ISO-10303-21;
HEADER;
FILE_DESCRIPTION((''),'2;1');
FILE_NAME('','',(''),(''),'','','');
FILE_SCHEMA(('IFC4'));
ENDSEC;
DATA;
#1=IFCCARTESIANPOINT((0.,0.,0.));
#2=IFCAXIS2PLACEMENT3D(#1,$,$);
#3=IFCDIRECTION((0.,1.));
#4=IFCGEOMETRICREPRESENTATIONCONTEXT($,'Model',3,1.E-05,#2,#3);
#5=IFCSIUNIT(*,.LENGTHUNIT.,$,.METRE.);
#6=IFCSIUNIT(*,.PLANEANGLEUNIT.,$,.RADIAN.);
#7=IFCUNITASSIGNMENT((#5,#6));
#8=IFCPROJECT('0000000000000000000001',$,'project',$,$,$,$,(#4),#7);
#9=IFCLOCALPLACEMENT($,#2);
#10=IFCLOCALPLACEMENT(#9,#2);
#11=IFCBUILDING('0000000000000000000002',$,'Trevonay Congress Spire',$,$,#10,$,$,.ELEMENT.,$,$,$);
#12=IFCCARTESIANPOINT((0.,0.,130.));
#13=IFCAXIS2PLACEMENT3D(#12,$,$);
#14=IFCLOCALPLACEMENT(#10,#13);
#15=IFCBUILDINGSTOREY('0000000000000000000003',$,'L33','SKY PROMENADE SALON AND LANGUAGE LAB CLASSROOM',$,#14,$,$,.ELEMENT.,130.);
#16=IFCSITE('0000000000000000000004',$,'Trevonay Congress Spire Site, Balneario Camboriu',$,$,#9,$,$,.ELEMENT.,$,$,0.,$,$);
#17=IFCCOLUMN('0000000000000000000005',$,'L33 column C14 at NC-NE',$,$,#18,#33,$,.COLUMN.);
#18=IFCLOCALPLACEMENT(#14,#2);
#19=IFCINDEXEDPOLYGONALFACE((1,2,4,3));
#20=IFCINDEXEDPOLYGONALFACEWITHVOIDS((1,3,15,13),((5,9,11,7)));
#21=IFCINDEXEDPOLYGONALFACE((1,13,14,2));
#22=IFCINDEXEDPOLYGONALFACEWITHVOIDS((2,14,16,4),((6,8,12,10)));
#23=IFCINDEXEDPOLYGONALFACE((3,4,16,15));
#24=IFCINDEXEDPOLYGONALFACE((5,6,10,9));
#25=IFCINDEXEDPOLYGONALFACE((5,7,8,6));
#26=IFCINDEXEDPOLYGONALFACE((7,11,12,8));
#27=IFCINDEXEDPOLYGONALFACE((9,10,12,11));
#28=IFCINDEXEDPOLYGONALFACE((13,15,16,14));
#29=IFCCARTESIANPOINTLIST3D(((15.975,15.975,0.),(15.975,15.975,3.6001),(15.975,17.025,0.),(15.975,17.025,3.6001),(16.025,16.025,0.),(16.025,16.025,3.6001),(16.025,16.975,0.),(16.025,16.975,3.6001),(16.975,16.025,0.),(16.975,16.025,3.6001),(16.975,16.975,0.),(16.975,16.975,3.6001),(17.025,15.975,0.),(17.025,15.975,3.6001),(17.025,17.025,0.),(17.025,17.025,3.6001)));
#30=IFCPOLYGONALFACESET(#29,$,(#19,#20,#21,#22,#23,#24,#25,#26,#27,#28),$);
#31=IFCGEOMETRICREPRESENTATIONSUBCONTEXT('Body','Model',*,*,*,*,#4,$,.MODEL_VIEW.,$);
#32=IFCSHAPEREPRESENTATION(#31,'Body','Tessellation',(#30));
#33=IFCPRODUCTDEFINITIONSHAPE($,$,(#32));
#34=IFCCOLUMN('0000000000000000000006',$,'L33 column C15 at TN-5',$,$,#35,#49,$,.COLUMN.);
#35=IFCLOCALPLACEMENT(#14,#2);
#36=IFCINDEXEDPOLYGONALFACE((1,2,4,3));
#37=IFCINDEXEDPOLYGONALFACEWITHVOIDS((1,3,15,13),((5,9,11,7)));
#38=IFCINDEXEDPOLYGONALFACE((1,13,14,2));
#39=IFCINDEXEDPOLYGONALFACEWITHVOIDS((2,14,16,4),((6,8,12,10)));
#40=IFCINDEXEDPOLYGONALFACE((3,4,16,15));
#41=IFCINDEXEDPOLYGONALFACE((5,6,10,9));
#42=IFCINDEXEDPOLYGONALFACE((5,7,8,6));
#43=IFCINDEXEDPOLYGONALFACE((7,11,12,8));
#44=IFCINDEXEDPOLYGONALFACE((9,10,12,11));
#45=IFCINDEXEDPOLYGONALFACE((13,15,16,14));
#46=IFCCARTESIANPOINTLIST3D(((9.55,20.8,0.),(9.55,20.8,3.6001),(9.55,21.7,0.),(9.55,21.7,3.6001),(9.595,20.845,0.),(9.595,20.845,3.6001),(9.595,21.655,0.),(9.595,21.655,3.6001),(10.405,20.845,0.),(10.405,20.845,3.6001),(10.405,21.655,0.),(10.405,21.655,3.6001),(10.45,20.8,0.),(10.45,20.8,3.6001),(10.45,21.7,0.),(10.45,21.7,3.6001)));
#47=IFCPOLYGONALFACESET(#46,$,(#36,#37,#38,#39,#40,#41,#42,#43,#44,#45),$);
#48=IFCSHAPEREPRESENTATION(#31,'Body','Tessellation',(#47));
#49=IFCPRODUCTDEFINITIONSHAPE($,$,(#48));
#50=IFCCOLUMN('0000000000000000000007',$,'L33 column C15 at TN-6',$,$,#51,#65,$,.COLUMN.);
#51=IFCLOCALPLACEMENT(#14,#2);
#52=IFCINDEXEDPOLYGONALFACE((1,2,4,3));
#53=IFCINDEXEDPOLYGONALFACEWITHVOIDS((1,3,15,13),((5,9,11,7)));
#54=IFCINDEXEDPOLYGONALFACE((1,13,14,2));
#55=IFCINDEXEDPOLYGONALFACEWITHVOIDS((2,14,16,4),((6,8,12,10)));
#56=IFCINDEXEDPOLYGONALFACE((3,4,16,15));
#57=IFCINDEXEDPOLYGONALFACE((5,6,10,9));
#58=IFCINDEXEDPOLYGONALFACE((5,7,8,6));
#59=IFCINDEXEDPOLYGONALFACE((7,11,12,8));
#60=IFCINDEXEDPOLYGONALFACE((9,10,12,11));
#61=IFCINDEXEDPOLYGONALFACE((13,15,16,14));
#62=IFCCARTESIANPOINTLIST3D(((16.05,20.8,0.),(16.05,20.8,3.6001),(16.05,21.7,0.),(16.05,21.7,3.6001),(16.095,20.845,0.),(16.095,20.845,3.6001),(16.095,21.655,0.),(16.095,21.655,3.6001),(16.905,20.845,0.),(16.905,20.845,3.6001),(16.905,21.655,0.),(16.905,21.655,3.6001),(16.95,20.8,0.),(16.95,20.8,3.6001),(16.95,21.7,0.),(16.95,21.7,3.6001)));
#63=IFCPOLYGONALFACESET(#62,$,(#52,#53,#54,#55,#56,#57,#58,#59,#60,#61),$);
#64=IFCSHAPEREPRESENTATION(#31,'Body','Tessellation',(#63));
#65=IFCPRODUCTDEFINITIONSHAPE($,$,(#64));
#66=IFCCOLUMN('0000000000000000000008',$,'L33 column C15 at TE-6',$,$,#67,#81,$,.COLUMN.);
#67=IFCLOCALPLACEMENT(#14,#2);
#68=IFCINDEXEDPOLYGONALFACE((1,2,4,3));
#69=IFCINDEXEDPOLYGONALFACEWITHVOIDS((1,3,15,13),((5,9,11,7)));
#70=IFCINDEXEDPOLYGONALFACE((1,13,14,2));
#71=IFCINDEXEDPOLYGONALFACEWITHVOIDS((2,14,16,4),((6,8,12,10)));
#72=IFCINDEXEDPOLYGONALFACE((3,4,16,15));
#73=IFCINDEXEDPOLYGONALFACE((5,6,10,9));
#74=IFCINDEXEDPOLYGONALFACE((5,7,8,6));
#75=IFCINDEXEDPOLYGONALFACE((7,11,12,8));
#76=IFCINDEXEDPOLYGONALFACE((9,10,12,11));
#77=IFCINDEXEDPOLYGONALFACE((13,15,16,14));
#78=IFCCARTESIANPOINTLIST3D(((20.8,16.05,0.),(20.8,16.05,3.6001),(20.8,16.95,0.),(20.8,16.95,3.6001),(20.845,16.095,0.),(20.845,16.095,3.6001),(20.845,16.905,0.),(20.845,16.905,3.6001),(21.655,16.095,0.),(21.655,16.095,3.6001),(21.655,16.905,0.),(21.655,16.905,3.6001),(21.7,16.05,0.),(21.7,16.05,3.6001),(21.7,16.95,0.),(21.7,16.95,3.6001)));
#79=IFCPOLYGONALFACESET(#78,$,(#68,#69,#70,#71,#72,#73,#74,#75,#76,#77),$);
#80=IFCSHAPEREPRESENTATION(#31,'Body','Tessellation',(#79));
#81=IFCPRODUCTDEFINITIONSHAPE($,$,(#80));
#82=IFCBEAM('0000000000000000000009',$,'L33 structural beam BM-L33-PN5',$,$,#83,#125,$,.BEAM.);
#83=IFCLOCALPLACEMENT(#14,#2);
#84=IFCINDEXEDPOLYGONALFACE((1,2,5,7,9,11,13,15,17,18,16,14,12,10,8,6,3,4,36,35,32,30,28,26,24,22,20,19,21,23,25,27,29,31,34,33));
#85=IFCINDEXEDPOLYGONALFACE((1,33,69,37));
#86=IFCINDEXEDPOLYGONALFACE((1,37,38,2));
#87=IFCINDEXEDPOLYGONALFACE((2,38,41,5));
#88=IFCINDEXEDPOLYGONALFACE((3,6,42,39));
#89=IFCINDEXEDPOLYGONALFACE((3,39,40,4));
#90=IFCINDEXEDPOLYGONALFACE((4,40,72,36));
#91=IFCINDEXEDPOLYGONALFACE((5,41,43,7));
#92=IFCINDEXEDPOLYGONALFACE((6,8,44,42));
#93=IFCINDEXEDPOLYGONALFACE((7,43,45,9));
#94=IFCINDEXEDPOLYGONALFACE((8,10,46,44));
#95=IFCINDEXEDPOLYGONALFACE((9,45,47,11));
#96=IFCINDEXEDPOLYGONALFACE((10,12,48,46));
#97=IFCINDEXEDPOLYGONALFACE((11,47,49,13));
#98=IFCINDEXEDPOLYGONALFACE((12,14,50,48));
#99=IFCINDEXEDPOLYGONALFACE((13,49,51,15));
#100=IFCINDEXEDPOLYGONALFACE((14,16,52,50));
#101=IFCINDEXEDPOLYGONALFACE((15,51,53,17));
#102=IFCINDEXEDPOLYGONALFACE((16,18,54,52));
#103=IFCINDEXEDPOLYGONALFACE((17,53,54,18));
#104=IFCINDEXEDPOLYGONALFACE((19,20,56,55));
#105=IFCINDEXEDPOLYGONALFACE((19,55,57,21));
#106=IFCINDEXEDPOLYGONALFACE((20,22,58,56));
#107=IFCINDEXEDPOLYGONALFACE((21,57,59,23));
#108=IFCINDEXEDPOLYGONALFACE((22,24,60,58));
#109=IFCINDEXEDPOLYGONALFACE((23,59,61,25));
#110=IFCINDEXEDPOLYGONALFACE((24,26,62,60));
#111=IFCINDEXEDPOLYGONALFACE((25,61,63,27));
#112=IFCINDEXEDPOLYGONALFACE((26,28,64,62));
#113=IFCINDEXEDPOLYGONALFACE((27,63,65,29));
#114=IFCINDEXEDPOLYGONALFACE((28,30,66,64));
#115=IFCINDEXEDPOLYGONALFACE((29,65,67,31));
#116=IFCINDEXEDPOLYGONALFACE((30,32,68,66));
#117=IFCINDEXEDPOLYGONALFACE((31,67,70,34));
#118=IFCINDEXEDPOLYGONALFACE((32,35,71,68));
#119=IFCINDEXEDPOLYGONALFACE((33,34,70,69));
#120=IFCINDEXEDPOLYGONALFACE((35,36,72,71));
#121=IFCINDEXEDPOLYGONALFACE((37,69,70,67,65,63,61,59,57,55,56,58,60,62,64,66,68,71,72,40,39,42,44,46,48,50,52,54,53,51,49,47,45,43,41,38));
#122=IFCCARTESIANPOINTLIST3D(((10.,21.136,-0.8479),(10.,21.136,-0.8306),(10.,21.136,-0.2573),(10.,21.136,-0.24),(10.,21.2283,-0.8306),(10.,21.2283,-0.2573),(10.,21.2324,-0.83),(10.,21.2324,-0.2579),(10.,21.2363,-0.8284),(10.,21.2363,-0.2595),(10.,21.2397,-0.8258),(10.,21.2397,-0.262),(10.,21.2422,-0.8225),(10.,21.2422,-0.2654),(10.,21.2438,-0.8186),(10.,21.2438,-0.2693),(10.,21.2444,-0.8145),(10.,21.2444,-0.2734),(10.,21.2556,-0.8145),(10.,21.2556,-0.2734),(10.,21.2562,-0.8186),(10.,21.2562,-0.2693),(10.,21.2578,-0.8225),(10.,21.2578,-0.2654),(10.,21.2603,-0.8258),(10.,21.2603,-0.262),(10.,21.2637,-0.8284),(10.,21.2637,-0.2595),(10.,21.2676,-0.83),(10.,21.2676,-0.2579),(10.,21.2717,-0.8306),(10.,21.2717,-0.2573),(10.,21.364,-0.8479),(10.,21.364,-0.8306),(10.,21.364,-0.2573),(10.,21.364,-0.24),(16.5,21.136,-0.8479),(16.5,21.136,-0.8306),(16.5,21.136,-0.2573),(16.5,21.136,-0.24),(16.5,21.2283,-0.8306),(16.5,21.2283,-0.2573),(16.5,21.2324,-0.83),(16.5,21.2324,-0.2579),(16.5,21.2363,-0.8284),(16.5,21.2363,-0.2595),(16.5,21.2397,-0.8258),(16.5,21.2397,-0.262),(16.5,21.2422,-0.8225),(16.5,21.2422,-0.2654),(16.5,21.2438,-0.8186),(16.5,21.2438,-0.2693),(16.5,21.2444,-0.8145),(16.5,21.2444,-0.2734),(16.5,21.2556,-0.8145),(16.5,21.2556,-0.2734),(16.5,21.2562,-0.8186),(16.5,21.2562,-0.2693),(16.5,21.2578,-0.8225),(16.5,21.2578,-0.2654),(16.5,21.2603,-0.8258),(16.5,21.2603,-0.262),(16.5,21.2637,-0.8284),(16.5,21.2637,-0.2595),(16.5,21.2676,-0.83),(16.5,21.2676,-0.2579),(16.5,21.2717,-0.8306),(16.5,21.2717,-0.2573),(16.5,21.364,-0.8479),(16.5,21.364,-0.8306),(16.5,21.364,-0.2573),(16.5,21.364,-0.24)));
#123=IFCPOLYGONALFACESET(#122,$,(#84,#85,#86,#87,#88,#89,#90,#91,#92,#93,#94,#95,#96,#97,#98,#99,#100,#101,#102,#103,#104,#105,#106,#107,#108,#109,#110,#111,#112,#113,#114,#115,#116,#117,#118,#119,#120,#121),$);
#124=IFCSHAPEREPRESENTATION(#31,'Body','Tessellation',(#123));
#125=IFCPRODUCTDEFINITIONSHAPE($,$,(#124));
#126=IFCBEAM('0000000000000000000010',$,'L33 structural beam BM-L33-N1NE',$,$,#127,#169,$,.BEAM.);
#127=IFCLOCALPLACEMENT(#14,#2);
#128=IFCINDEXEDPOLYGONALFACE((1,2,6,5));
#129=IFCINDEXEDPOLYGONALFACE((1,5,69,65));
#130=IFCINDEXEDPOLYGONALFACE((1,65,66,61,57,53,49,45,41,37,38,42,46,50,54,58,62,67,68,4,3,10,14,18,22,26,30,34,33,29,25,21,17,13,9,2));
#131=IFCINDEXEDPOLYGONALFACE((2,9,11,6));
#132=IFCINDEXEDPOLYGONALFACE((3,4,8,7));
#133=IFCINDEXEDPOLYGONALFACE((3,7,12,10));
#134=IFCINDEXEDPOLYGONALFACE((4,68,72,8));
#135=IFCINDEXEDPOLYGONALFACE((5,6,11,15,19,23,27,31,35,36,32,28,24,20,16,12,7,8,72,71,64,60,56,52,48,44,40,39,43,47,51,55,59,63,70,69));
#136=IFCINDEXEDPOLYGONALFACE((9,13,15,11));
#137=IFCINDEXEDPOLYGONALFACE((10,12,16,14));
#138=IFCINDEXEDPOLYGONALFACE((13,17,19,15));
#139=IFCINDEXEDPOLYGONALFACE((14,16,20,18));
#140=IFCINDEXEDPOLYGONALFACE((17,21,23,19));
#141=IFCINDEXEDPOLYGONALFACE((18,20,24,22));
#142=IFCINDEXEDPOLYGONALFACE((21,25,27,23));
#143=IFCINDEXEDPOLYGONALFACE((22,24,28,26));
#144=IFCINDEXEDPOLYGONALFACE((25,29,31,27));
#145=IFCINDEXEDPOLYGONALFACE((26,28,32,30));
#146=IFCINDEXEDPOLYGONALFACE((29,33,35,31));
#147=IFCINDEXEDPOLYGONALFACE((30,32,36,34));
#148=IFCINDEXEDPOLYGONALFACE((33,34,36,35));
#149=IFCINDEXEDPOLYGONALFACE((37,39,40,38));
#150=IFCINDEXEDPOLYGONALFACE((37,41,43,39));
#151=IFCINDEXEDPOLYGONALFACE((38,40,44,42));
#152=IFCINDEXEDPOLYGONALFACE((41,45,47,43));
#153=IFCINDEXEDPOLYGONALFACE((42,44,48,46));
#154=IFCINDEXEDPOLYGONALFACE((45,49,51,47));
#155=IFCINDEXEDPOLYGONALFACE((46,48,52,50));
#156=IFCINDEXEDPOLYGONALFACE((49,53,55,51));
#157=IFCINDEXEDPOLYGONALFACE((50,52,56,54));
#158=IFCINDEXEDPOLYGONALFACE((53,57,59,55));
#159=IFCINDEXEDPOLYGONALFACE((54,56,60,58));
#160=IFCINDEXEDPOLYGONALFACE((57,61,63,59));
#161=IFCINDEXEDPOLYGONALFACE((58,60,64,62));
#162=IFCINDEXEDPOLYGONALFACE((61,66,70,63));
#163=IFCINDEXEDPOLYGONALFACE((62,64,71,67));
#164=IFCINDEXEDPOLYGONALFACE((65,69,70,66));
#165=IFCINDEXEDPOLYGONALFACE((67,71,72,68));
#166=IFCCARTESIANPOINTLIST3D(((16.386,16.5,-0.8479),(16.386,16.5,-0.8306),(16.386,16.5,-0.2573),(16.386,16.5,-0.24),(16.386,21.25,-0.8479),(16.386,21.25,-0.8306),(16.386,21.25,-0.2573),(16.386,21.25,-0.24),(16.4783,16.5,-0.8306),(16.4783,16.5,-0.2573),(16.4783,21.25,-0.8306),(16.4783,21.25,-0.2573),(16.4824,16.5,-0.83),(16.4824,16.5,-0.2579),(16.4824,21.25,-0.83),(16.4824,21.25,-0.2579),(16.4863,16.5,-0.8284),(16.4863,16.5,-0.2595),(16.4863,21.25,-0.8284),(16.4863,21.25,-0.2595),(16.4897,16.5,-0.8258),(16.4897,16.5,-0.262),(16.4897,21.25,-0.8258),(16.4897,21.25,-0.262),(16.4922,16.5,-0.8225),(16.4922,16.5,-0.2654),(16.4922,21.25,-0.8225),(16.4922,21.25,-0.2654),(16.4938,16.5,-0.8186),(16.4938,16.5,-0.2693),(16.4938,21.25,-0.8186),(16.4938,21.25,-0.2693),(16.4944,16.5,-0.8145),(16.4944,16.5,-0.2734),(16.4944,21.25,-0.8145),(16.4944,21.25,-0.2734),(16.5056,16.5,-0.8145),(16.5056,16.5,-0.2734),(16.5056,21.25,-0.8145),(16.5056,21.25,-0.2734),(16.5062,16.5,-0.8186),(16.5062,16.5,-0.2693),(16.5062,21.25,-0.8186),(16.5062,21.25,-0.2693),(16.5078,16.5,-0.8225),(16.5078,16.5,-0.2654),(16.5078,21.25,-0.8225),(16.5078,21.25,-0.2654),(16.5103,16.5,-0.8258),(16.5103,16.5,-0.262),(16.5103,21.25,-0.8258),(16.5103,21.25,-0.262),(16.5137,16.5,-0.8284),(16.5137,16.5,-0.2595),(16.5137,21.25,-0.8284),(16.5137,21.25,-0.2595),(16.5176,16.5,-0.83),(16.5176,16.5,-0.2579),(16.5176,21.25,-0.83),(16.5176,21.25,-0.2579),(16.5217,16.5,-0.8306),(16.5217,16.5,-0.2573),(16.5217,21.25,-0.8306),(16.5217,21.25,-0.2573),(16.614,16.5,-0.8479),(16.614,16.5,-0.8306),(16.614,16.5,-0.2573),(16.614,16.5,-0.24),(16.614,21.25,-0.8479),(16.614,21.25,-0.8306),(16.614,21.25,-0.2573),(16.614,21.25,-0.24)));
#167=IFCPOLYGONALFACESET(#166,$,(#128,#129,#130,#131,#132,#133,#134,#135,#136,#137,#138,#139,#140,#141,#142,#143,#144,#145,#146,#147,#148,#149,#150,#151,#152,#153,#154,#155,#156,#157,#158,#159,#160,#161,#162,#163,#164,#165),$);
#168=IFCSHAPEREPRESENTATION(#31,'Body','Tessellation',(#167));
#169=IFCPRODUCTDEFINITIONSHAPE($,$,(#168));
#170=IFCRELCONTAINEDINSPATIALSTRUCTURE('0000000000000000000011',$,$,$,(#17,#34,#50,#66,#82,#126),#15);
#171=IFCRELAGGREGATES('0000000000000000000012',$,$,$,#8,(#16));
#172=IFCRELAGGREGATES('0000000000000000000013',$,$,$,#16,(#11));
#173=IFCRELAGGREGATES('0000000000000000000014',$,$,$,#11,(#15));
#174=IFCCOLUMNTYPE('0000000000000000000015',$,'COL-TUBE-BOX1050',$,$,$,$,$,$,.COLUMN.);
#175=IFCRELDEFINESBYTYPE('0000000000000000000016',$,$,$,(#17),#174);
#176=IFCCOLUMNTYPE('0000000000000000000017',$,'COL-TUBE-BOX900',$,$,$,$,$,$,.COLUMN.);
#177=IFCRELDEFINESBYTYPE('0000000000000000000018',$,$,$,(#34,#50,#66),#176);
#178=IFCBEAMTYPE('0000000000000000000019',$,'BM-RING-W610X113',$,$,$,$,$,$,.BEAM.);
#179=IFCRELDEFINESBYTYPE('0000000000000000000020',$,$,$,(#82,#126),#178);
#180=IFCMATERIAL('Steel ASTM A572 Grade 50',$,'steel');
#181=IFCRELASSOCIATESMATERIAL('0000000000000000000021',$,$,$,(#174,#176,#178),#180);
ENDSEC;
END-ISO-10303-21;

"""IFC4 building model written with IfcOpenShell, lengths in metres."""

from ifc_helpers import new_model, si_unit, direction, frame, origin, origin_2d, place, context, subcontext, project, spatial, hollow_rectangle, i_section, extrude, material, material_profile, profile_set, type_object, element, save


model = new_model("IFC4")

# Units and contexts
model_context = context("Model", 3, precision=1e-05, world=origin(), true_north=direction((0.0, 1.0)))
body_context = subcontext(model_context, "Body", "Model", "MODEL_VIEW")
ifc_project = project(units=[si_unit("LENGTHUNIT", "METRE"), si_unit("PLANEANGLEUNIT", "RADIAN")], contexts=[model_context])

# Site, building, storey
site_placement = place(None, origin())
site = spatial("IfcSite", under=ifc_project, at=site_placement, Name="Trevonay Congress Spire Site, Balneario Camboriu", CompositionType="ELEMENT", RefElevation=0.0)
building_placement = place(site_placement, origin())
building = spatial("IfcBuilding", under=site, at=building_placement, Name="Trevonay Congress Spire", CompositionType="ELEMENT")
storey_placement = place(building_placement, frame((0.0, 0.0, 130.0)))
storey = spatial("IfcBuildingStorey", under=building, at=storey_placement, Name="L33", Description="SKY PROMENADE SALON AND LANGUAGE LAB CLASSROOM", CompositionType="ELEMENT", Elevation=130.0)

# Columns
ifc_material_1 = material(Name="Steel ASTM A572 Grade 50", Category="steel")
ifc_material_profile_1 = material_profile(ifc_material_1, hollow_rectangle(XDim=1.05, YDim=1.05, WallThickness=0.05, at=origin_2d()), Name="BOX 1050x1050x50")
ifc_profile_set_1 = profile_set([ifc_material_profile_1], Name="Steel ASTM A572 Grade 50")
column_type_1 = type_object("IfcColumnType", Name="COL-TUBE-BOX1050", PredefinedType="COLUMN", material=ifc_profile_set_1)
column_placement = place(storey_placement, frame((16.5, 16.5, 0.0), z_axis=(0.0, 0.0, 1.0), x_axis=(1.0, 0.0, 0.0)))
element("IfcColumn", 1, at=column_placement, inside=storey, type_object=column_type_1, Name="L33 column C14 at NC-NE", PredefinedType="COLUMN", context=body_context, shape_type="SweptSolid", body=[
    extrude(hollow_rectangle(XDim=1.05, YDim=1.05, WallThickness=0.05, at=origin_2d()), origin(), (0.0, 0.0, 1.0), 3.6001),
])
ifc_material_profile_2 = material_profile(ifc_material_1, hollow_rectangle(XDim=0.8999, YDim=0.8999, WallThickness=0.0449, at=origin_2d()), Name="BOX 900x900x45")
ifc_profile_set_2 = profile_set([ifc_material_profile_2], Name="Steel ASTM A572 Grade 50")
column_type_2 = type_object("IfcColumnType", Name="COL-TUBE-BOX900", PredefinedType="COLUMN", material=ifc_profile_set_2)
for number, where, z_axis, x_axis, name in (
    (2, (10.0, 21.25, 0.0), (0.0, 0.0, 1.0), (1.0, 0.0, 0.0), "L33 column C15 at TN-5"),
    (3, (16.5, 21.25, 0.0), (0.0, 0.0, 1.0), (1.0, 0.0, 0.0), "L33 column C15 at TN-6"),
    (4, (21.25, 16.5, 0.0), (0.0, 0.0, 1.0), (1.0, 0.0, 0.0), "L33 column C15 at TE-6"),
):
    element("IfcColumn", number, at=place(storey_placement, frame(where, z_axis=z_axis, x_axis=x_axis)), inside=storey, type_object=column_type_2, Name=name, PredefinedType="COLUMN", context=body_context, shape_type="SweptSolid", body=[
        extrude(hollow_rectangle(XDim=0.8999, YDim=0.8999, WallThickness=0.0449, at=origin_2d()), origin(), (0.0, 0.0, 1.0), 3.6001),
    ])

# Beams
ifc_material_profile_3 = material_profile(ifc_material_1, i_section(OverallWidth=0.228, OverallDepth=0.6079, WebThickness=0.0112, FlangeThickness=0.0173, FilletRadius=0.0161, at=origin_2d()), Name="W610x113")
ifc_profile_set_3 = profile_set([ifc_material_profile_3], Name="Steel ASTM A572 Grade 50")
beam_type = type_object("IfcBeamType", Name="BM-RING-W610X113", PredefinedType="BEAM", material=ifc_profile_set_3)
beam_placement = place(storey_placement, frame((10.0, 21.25, -0.5439), z_axis=(1.0, 0.0, 0.0), x_axis=(0.0, 1.0, 0.0)))
element("IfcBeam", 5, at=beam_placement, inside=storey, type_object=beam_type, Name="L33 structural beam BM-L33-PN5", PredefinedType="BEAM", context=body_context, shape_type="SweptSolid", body=[
    extrude(i_section(OverallWidth=0.228, OverallDepth=0.6079, WebThickness=0.0112, FlangeThickness=0.0173, FilletRadius=0.0161, at=origin_2d()), origin(), (0.0, 0.0, 1.0), 6.5),
])
for number, where, z_axis, x_axis, name in (
    (6, (16.5, 21.25, -0.5439), (0.0, -1.0, 0.0), (1.0, 0.0, 0.0), "L33 structural beam BM-L33-N1NE"),
):
    element("IfcBeam", number, at=place(storey_placement, frame(where, z_axis=z_axis, x_axis=x_axis)), inside=storey, type_object=beam_type, Name=name, PredefinedType="BEAM", context=body_context, shape_type="SweptSolid", body=[
        extrude(i_section(OverallWidth=0.228, OverallDepth=0.6079, WebThickness=0.0112, FlangeThickness=0.0173, FilletRadius=0.0161, at=origin_2d()), origin(), (0.0, 0.0, 1.0), 4.75),
    ])

save(model, "model.ifc")
